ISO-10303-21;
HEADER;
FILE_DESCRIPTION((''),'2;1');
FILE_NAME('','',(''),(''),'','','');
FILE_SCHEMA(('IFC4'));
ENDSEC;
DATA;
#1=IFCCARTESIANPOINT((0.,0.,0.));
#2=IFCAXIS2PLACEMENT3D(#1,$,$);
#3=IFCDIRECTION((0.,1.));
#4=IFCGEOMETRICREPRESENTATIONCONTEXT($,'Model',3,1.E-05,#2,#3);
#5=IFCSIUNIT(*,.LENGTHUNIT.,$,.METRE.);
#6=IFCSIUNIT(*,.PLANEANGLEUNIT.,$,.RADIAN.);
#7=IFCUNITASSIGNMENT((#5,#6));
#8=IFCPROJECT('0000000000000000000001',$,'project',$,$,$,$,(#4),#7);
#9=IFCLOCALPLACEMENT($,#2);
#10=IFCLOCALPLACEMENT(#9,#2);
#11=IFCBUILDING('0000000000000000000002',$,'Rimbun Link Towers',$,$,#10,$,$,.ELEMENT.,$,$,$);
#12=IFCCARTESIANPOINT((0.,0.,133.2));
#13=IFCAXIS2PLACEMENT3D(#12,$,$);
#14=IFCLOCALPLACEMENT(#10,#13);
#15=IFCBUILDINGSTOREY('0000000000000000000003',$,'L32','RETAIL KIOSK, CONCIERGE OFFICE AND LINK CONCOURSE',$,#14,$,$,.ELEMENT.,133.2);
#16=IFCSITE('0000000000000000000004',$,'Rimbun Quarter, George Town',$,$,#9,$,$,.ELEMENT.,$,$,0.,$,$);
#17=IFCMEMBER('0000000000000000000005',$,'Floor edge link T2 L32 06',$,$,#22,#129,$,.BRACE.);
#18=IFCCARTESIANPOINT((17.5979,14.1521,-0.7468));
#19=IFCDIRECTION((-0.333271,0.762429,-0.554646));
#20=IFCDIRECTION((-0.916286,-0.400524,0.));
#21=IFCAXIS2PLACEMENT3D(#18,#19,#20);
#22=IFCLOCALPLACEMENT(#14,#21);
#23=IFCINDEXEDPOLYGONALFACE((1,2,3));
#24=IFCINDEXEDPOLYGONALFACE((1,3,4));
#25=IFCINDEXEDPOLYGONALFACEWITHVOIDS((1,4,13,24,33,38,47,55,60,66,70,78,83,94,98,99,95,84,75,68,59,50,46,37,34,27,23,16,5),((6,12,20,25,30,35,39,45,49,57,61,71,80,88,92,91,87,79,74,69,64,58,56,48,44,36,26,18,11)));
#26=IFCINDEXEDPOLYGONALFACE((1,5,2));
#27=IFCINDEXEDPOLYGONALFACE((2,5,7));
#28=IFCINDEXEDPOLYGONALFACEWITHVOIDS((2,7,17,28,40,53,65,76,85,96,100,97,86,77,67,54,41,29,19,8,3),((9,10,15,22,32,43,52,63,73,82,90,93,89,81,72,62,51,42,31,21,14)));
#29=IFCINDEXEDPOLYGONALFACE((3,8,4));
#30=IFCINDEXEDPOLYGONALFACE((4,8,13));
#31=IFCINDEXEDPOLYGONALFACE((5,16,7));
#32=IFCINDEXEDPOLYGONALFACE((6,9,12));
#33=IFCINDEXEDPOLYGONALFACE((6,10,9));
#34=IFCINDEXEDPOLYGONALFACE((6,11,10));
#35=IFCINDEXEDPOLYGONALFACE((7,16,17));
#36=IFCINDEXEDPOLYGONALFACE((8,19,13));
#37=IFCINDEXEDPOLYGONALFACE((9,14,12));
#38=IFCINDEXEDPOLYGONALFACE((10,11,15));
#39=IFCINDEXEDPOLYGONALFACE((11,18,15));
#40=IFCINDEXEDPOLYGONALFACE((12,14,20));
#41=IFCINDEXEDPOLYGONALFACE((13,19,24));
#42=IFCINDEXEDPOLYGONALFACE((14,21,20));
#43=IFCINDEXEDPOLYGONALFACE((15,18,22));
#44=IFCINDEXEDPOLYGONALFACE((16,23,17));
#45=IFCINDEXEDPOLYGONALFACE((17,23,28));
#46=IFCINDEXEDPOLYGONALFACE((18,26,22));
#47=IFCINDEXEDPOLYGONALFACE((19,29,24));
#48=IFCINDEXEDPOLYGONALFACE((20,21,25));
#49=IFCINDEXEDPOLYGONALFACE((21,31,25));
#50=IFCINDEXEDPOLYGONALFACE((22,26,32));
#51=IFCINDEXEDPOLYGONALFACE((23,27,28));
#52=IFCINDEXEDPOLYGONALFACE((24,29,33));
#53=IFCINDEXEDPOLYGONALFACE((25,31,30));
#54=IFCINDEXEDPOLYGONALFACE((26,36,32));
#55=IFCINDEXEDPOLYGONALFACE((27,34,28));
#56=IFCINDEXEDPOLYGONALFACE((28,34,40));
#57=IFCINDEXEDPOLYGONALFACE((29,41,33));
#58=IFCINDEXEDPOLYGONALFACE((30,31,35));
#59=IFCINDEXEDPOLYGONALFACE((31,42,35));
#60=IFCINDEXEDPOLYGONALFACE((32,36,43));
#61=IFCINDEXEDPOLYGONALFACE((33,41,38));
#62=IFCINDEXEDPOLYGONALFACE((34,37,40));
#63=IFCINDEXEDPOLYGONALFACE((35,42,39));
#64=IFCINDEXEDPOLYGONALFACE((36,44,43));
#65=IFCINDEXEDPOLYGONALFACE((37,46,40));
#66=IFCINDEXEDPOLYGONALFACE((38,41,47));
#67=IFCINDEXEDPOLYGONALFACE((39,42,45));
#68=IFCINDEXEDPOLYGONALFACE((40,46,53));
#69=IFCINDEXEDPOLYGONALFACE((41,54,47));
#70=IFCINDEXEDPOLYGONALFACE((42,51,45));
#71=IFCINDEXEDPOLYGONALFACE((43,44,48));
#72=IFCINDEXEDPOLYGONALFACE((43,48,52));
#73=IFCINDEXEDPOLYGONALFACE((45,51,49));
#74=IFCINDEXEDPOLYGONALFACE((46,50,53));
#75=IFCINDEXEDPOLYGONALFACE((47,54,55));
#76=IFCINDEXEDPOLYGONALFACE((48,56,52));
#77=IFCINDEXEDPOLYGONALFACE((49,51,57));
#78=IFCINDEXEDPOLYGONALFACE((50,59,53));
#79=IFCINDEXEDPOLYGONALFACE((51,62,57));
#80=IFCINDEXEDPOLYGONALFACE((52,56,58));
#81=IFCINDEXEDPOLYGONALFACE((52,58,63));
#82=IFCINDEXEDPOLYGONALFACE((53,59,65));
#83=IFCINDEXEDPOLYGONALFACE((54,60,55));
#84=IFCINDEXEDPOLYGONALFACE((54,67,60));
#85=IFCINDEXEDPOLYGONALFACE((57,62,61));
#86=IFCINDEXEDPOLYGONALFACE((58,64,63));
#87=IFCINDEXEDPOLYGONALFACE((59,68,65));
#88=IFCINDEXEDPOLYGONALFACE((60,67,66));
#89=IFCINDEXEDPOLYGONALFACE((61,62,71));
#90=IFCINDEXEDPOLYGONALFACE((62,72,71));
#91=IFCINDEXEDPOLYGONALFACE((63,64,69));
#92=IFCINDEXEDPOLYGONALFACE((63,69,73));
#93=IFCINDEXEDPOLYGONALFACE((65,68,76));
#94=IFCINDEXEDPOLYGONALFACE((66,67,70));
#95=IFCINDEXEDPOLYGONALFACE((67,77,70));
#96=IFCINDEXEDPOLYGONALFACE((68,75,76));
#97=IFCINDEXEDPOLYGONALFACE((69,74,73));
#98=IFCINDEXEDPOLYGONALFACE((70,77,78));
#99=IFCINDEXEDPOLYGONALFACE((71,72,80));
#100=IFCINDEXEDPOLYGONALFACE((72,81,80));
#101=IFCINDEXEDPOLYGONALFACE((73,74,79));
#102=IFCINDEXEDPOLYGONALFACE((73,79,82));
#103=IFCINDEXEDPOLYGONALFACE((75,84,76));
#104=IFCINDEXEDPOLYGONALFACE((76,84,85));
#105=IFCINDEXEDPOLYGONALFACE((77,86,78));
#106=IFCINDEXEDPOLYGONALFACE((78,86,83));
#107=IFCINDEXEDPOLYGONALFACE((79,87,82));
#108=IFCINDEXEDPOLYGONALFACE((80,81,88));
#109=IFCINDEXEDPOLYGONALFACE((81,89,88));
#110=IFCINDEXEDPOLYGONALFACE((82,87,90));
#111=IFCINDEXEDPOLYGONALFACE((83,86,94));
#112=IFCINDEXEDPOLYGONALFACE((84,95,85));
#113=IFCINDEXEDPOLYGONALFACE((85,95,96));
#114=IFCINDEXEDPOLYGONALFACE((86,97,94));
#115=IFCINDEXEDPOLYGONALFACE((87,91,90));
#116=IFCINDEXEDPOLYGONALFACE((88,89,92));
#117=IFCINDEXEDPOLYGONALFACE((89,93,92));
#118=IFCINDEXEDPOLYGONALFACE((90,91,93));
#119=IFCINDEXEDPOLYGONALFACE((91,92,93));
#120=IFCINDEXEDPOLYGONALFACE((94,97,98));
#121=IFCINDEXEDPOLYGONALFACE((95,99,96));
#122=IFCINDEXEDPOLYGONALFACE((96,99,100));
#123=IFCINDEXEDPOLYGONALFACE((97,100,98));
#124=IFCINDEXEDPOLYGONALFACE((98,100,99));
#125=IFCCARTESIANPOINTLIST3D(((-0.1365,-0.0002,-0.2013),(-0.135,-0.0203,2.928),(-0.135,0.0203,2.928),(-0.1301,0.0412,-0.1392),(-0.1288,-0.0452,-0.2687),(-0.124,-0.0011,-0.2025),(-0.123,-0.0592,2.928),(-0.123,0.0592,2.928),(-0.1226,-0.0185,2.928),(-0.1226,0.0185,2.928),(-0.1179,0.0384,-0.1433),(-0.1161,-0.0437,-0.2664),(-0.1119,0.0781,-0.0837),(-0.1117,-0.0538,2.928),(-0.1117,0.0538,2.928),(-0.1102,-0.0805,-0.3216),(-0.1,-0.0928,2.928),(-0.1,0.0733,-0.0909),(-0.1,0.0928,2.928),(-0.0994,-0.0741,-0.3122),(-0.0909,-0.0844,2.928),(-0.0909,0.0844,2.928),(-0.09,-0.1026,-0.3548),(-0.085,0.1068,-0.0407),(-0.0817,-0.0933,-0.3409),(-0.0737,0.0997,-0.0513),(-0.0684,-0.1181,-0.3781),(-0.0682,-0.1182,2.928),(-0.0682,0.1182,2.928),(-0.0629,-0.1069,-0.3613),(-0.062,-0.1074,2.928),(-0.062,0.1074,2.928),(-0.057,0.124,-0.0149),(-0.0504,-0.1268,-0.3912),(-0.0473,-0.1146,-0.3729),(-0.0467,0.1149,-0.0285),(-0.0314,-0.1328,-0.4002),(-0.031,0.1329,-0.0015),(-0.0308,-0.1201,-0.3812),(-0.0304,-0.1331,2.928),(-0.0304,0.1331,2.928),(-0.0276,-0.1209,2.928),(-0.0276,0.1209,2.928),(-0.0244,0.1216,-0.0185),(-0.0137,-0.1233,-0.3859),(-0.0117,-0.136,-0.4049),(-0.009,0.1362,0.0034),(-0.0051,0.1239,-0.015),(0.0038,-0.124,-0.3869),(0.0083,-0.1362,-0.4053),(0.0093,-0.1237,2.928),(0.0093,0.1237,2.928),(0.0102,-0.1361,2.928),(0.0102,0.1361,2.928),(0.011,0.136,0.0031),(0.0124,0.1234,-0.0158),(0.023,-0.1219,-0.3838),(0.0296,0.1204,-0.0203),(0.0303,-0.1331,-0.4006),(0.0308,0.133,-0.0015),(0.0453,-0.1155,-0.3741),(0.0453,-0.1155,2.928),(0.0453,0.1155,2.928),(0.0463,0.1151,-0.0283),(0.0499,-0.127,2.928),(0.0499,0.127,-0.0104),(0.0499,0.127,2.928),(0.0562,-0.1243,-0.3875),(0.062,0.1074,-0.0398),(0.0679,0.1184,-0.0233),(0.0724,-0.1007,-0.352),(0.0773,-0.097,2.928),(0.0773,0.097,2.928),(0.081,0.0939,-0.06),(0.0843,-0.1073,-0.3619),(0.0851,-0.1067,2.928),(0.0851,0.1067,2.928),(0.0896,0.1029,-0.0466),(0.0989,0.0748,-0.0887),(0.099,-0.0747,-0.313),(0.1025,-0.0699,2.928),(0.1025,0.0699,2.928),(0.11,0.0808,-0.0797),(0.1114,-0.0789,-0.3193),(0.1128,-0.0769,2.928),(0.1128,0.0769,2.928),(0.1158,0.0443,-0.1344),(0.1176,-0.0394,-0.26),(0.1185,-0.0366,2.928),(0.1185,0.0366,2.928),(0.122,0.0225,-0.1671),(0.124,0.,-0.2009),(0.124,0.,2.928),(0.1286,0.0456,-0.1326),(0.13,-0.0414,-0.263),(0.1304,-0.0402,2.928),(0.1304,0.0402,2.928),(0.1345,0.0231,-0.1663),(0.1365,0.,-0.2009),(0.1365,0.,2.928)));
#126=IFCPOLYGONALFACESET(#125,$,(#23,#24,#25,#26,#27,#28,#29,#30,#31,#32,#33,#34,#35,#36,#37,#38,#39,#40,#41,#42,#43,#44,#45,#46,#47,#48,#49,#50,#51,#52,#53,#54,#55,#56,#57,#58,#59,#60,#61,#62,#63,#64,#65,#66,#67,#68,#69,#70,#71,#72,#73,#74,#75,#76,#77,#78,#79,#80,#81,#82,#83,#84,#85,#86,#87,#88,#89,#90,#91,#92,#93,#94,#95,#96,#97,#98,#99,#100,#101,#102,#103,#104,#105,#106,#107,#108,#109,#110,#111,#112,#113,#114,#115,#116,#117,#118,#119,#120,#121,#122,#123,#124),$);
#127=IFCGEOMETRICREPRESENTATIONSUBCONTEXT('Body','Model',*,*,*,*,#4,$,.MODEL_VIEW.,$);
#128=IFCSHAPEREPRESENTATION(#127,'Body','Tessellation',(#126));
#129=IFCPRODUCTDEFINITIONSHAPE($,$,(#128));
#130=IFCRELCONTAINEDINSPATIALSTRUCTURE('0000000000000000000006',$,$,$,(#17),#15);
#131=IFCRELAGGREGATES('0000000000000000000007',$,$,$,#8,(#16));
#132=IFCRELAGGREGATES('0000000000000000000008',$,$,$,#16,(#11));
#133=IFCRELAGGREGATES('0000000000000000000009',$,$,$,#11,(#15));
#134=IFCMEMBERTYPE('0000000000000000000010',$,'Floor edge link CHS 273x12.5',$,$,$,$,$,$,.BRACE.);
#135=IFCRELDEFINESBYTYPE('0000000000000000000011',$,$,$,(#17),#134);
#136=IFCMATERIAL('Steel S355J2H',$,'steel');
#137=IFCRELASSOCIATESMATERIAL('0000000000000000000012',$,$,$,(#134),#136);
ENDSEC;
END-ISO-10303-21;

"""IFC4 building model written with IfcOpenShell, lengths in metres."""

from ifc_helpers import new_model, si_unit, direction, frame, origin, origin_2d, place, context, subcontext, project, spatial, hollow_circle, extrude, clip, halfspace, material, material_profile, profile_set, type_object, element, save


model = new_model("IFC4")

# Units and contexts
model_context = context("Model", 3, precision=1e-05, world=origin(), true_north=direction((0.0, 1.0)))
body_context = subcontext(model_context, "Body", "Model", "MODEL_VIEW")
ifc_project = project(units=[si_unit("LENGTHUNIT", "METRE"), si_unit("PLANEANGLEUNIT", "RADIAN")], contexts=[model_context])

# Site, building, storey
site_placement = place(None, origin())
site = spatial("IfcSite", under=ifc_project, at=site_placement, Name="Rimbun Quarter, George Town", CompositionType="ELEMENT", RefElevation=0.0)
building_placement = place(site_placement, origin())
building = spatial("IfcBuilding", under=site, at=building_placement, Name="Rimbun Link Towers", CompositionType="ELEMENT")
storey_placement = place(building_placement, frame((0.0, 0.0, 133.2)))
storey = spatial("IfcBuildingStorey", under=building, at=storey_placement, Name="L32", Description="RETAIL KIOSK, CONCIERGE OFFICE AND LINK CONCOURSE", CompositionType="ELEMENT", Elevation=133.2)

# Member
ifc_material_1 = material(Name="Steel S355J2H", Category="steel")
ifc_material_profile_1 = material_profile(ifc_material_1, hollow_circle(Radius=0.1365, WallThickness=0.0125, at=origin_2d()), Name="CHS 273x12.5")
ifc_profile_set_1 = profile_set([ifc_material_profile_1], Name="Steel S355J2H")
member_type_1 = type_object("IfcMemberType", Name="Floor edge link CHS 273x12.5", PredefinedType="BRACE", material=ifc_profile_set_1)
member_1_placement = place(storey_placement, frame((17.5979, 14.1521, -0.7468), z_axis=(-0.333271, 0.762429, -0.554646), x_axis=(-0.916286, -0.400524, 0.0)))
element("IfcMember", 1, at=member_1_placement, inside=storey, type_object=member_type_1, Name="Floor edge link T2 L32 06", PredefinedType="BRACE", context=body_context, shape_type="Clipping", body=[
    clip(extrude(hollow_circle(Radius=0.1365, WallThickness=0.0125, at=origin_2d()), frame((0.0, 0.0, -0.4275)), (0.0, 0.0, 1.0), 3.3555), halfspace(frame((0.0, 0.0, -0.2009), z_axis=(0.0, 0.832087, -0.554646)), False)),
])

save(model, "model.ifc")
